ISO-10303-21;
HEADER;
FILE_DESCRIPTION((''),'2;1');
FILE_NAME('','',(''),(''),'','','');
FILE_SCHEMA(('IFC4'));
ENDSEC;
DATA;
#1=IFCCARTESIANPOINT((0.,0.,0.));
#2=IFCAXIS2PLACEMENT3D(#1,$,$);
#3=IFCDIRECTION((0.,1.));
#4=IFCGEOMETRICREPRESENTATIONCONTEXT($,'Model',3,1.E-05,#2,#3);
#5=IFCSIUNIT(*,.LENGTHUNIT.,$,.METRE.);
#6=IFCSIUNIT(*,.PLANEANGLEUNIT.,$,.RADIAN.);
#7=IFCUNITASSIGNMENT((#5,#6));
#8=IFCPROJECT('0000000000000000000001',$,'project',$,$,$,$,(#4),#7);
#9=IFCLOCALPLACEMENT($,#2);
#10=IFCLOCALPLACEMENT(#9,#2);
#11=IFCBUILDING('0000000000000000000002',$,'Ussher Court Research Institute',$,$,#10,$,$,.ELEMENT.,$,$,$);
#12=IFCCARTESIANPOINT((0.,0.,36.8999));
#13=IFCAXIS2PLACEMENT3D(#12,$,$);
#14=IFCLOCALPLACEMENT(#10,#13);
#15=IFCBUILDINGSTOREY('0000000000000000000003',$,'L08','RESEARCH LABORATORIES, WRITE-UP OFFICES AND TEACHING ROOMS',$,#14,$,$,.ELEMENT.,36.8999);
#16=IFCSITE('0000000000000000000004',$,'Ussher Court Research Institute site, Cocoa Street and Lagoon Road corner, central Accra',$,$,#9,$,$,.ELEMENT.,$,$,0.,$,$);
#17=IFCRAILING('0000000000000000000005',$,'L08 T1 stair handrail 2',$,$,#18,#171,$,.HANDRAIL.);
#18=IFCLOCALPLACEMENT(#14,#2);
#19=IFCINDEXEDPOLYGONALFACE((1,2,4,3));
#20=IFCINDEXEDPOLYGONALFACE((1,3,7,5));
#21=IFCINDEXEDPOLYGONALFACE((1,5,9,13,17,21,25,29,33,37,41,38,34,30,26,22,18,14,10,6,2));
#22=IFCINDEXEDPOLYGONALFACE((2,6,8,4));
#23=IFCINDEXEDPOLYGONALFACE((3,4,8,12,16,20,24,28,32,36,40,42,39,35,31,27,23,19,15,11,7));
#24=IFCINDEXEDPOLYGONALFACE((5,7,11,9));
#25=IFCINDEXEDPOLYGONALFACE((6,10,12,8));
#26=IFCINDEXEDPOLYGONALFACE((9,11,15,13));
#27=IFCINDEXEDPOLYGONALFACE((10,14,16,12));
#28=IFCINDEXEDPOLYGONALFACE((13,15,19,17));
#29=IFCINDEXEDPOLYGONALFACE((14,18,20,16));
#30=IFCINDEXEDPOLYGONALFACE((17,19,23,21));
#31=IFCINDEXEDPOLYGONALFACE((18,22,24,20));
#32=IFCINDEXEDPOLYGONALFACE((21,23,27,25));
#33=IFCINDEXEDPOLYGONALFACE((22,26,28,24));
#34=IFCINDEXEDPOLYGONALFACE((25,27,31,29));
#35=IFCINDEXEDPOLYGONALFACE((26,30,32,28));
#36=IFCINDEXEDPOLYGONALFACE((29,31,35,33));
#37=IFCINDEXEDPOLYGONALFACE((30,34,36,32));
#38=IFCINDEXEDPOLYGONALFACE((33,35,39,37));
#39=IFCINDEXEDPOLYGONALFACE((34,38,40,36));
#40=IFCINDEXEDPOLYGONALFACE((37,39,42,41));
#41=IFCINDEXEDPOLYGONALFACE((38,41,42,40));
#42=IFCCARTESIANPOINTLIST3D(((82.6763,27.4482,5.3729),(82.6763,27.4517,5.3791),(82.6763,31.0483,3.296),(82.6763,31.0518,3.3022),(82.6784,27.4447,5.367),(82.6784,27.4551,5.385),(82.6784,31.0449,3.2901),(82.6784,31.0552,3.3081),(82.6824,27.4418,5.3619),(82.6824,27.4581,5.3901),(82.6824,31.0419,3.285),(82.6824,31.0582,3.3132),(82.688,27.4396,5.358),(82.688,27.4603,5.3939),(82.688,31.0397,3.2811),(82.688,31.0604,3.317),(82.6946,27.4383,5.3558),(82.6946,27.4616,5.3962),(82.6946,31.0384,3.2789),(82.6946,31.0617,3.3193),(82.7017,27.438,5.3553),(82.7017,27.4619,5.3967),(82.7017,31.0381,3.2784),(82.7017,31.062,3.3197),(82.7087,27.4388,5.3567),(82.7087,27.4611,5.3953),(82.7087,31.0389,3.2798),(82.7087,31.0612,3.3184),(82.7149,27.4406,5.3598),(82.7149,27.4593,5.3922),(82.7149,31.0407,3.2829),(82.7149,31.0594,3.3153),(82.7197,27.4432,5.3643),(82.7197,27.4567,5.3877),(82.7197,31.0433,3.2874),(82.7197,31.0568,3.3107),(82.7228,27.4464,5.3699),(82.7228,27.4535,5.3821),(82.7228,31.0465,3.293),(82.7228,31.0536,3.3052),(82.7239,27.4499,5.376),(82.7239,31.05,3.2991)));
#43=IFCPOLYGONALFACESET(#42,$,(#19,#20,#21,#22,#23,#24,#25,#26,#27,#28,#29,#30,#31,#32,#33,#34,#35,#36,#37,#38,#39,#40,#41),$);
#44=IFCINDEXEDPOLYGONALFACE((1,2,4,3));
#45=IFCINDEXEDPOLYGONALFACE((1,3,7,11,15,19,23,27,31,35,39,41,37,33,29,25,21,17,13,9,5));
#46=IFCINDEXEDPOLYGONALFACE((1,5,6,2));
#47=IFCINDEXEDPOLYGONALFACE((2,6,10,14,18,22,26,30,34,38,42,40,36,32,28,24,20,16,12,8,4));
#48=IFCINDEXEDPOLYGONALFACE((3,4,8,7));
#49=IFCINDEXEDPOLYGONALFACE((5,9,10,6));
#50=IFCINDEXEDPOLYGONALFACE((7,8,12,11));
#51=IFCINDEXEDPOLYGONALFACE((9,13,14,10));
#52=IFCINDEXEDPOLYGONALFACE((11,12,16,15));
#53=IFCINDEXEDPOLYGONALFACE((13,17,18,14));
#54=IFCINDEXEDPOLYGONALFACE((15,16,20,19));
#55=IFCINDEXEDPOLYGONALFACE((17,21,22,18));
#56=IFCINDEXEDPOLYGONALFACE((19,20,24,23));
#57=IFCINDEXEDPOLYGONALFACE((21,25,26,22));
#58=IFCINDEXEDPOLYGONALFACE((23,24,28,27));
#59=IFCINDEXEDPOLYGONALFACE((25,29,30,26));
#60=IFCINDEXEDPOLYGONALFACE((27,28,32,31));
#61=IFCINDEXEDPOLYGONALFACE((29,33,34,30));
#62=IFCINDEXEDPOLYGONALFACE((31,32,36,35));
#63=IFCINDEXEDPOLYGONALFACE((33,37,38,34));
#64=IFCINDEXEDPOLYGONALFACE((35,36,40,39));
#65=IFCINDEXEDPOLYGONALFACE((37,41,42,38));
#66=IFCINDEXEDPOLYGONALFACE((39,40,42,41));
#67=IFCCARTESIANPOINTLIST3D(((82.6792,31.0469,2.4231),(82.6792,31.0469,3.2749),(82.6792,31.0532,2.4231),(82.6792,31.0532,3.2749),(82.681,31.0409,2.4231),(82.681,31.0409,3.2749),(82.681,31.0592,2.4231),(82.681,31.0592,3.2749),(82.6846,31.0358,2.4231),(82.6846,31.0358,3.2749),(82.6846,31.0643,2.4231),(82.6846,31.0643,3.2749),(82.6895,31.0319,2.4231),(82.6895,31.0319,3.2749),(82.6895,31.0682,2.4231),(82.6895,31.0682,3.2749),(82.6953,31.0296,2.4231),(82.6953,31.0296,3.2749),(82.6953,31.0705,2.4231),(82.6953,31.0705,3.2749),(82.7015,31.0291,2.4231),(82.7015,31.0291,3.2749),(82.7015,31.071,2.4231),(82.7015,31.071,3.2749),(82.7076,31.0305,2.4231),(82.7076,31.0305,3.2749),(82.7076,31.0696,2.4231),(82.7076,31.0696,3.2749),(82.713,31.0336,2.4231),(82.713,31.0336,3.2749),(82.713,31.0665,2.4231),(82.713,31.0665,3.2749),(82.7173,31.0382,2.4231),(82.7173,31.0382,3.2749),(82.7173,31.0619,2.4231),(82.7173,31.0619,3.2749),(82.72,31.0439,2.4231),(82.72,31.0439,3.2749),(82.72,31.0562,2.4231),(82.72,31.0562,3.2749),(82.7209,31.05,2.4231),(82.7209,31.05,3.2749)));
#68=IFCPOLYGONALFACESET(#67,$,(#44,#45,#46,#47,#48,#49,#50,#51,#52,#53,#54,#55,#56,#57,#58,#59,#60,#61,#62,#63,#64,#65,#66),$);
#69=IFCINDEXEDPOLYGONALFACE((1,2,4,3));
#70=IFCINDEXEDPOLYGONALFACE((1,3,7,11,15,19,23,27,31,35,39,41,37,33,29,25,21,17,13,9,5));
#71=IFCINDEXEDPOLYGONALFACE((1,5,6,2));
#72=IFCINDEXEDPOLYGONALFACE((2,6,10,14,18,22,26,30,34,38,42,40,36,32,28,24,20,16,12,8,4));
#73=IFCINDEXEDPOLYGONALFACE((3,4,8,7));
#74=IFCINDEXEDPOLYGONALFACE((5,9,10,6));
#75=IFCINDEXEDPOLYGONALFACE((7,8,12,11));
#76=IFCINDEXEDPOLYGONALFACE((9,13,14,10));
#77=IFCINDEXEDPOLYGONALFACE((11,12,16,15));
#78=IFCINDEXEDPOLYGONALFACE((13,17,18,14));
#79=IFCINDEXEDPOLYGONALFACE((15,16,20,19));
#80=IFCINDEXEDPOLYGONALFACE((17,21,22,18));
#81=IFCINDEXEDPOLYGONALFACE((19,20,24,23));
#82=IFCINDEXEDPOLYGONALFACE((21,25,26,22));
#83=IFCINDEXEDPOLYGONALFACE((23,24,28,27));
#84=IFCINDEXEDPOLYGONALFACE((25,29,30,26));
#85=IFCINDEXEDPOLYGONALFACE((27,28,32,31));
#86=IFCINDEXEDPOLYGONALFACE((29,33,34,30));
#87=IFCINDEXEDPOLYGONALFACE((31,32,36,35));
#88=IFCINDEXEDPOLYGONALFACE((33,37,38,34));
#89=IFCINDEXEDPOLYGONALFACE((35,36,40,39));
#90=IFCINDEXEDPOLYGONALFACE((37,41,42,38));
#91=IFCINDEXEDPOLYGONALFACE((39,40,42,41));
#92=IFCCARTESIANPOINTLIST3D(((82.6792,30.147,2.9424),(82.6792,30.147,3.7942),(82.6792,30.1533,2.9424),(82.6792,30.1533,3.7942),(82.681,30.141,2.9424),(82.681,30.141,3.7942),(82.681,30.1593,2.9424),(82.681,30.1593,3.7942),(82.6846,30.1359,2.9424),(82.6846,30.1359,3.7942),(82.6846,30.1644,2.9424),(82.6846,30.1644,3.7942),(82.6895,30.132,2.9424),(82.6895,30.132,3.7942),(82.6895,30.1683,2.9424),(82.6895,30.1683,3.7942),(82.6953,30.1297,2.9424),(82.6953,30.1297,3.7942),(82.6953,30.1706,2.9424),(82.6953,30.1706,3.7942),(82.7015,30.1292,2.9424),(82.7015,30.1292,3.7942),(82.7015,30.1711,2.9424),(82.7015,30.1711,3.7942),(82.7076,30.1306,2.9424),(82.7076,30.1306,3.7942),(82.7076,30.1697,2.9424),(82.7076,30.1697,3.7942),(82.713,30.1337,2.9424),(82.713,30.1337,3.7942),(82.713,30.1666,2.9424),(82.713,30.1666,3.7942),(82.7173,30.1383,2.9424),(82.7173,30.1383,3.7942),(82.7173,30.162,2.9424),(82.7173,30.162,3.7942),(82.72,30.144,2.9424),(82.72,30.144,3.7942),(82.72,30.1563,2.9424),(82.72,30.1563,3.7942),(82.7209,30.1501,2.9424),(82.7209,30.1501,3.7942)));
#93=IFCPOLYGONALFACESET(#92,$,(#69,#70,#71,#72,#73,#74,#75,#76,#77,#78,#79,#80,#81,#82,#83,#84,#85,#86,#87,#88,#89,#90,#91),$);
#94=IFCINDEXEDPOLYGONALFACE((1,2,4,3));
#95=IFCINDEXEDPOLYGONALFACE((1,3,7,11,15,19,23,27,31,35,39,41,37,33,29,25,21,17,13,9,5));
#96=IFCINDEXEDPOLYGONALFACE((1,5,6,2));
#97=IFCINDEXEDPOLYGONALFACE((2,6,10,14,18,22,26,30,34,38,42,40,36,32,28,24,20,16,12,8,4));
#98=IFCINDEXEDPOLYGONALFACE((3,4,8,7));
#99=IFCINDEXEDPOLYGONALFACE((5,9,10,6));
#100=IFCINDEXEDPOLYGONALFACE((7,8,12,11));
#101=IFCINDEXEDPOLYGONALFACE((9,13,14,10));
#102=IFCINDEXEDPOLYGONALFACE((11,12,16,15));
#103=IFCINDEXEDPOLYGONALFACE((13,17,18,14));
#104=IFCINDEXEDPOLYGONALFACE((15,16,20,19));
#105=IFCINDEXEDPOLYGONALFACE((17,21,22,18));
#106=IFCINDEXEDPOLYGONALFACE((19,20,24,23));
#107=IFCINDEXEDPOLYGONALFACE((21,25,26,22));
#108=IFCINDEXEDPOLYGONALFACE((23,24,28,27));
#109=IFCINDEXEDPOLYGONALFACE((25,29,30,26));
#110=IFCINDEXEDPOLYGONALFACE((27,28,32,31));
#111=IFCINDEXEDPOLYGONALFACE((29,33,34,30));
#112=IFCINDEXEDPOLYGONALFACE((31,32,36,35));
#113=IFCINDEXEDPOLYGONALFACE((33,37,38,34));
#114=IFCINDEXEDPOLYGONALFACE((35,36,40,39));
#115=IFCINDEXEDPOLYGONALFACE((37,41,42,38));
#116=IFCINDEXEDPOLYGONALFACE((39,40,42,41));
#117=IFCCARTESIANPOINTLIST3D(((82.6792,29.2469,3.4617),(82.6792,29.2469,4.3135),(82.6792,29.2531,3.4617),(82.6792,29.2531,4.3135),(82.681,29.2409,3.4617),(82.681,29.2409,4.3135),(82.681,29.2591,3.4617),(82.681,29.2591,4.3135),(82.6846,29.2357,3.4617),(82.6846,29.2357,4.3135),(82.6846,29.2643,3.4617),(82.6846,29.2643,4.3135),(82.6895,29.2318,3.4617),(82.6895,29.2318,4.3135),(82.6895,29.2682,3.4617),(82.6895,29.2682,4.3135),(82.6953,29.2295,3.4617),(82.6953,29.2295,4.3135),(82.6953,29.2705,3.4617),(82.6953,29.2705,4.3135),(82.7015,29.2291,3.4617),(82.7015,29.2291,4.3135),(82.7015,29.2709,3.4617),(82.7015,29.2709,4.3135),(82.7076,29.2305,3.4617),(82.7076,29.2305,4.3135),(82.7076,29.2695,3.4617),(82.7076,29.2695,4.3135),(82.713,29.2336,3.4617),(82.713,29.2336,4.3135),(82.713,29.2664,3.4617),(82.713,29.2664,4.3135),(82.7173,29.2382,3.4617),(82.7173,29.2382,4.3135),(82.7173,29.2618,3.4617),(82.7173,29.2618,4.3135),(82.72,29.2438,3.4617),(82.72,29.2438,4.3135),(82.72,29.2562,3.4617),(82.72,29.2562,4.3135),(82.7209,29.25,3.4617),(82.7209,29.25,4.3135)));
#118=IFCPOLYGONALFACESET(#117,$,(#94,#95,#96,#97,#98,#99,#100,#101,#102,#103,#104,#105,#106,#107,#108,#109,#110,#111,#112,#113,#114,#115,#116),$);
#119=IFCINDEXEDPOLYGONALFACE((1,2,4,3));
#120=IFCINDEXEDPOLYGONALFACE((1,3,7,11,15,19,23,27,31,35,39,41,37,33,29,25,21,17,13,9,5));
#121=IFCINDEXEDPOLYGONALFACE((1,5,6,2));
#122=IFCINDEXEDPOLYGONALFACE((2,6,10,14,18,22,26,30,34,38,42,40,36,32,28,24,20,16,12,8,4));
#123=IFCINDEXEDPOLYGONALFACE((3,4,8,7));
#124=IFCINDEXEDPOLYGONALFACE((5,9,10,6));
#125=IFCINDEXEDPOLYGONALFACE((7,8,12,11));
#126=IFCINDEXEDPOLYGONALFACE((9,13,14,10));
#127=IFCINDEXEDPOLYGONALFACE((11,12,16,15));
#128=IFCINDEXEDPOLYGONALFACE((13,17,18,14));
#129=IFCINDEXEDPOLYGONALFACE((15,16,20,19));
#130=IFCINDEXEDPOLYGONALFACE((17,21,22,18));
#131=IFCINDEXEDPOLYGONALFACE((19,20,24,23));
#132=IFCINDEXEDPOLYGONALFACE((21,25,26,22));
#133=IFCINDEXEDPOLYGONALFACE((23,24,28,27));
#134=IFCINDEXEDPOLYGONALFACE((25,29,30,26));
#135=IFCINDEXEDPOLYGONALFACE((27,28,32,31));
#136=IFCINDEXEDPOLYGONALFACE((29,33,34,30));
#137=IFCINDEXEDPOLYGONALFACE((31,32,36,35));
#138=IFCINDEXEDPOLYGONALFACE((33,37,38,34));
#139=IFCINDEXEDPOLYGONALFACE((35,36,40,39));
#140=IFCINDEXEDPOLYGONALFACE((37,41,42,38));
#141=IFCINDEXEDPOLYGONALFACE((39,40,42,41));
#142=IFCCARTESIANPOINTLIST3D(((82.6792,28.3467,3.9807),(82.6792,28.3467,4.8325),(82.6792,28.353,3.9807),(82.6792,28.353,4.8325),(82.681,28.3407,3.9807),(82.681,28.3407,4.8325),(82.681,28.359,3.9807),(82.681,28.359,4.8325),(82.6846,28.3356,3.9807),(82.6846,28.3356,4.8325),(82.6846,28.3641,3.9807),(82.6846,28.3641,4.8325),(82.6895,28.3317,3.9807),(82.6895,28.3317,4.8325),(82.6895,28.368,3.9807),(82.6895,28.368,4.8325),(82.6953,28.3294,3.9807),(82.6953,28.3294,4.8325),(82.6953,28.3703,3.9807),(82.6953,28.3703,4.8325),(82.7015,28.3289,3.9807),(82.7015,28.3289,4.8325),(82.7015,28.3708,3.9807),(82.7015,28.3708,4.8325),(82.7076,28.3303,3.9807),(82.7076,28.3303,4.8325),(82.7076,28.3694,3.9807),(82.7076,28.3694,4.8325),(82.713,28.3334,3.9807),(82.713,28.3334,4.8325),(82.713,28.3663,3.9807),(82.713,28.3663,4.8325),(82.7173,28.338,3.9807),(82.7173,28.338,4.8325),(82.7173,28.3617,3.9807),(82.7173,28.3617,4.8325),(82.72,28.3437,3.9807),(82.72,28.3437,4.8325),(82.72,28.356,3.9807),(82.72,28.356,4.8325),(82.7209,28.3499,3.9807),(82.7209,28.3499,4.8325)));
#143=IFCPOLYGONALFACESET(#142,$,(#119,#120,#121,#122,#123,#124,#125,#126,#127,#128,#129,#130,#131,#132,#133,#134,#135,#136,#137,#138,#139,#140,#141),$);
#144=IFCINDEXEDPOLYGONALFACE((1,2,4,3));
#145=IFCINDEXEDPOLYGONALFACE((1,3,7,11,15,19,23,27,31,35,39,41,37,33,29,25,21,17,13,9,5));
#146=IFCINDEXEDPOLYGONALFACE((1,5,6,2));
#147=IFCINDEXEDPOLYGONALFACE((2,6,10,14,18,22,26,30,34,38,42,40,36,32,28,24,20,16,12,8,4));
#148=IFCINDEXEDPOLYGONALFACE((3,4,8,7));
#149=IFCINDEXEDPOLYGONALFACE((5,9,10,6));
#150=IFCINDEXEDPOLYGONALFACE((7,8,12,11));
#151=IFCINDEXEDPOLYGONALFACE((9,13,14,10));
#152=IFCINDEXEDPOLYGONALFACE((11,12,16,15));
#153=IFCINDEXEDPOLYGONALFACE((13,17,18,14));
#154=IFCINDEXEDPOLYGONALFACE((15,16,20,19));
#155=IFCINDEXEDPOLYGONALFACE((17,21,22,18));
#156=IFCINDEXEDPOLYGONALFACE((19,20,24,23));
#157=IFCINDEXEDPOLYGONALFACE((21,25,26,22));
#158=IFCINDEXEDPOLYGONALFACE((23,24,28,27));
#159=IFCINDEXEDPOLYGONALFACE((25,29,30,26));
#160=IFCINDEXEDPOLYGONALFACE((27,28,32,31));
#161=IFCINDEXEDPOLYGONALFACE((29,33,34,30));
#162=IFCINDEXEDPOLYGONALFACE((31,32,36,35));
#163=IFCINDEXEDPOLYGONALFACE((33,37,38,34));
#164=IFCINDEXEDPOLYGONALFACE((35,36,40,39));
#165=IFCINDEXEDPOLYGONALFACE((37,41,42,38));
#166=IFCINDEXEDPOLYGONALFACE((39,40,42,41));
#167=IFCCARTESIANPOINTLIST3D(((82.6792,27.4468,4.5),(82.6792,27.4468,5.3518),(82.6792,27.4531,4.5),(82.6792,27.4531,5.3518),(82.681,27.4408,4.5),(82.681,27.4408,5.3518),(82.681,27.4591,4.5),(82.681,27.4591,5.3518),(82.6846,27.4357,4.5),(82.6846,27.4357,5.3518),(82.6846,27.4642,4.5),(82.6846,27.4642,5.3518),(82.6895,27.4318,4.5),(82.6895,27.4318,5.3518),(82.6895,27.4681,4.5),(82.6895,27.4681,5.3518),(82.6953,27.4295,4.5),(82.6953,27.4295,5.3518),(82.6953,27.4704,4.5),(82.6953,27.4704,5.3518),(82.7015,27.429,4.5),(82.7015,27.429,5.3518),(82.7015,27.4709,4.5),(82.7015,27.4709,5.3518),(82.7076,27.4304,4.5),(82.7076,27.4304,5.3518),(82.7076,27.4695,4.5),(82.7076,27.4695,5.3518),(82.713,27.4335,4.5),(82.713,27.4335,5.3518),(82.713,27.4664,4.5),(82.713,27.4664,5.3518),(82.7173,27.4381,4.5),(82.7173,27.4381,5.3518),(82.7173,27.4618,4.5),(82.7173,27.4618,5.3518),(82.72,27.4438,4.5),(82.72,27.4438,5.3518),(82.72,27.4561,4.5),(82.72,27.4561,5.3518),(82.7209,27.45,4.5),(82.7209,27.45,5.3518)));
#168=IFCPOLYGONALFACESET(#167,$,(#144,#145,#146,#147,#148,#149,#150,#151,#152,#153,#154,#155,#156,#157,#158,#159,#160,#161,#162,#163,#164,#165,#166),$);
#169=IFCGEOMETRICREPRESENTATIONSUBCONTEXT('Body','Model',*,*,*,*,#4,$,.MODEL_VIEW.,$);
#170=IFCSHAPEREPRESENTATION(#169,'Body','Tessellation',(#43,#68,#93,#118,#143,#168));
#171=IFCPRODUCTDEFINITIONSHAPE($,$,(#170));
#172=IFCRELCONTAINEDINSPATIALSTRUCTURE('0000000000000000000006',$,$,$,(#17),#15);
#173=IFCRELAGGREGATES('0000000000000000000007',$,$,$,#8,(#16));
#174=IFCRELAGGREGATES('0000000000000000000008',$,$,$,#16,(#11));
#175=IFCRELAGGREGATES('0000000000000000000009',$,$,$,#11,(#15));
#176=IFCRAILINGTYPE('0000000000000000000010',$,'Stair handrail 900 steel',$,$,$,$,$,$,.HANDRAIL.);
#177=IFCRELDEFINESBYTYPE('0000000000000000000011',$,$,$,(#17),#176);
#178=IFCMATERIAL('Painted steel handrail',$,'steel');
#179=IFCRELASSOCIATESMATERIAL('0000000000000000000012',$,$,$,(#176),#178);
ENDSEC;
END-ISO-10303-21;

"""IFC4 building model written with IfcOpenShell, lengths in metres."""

from ifc_helpers import new_model, si_unit, direction, frame, origin, origin_2d, place, context, subcontext, project, spatial, circle, extrude, material, type_object, element, save


model = new_model("IFC4")

# Units and contexts
model_context = context("Model", 3, precision=1e-05, world=origin(), true_north=direction((0.0, 1.0)))
body_context = subcontext(model_context, "Body", "Model", "MODEL_VIEW")
ifc_project = project(units=[si_unit("LENGTHUNIT", "METRE"), si_unit("PLANEANGLEUNIT", "RADIAN")], contexts=[model_context])

# Site, building, storey
site_placement = place(None, origin())
site = spatial("IfcSite", under=ifc_project, at=site_placement, Name="Ussher Court Research Institute site, Cocoa Street and Lagoon Road corner, central Accra", CompositionType="ELEMENT", RefElevation=0.0)
building_placement = place(site_placement, origin())
building = spatial("IfcBuilding", under=site, at=building_placement, Name="Ussher Court Research Institute", CompositionType="ELEMENT")
storey_placement = place(building_placement, frame((0.0, 0.0, 36.8999)))
storey = spatial("IfcBuildingStorey", under=building, at=storey_placement, Name="L08", Description="RESEARCH LABORATORIES, WRITE-UP OFFICES AND TEACHING ROOMS", CompositionType="ELEMENT", Elevation=36.8999)

# Railing
ifc_material_1 = material(Name="Painted steel handrail", Category="steel")
railing_type_1 = type_object("IfcRailingType", Name="Stair handrail 900 steel", PredefinedType="HANDRAIL", material=ifc_material_1)
railing_1_placement = place(storey_placement, frame((82.7, 31.05, 2.4231)))
element("IfcRailing", 1, at=railing_1_placement, inside=storey, type_object=railing_type_1, Name="L08 T1 stair handrail 2", PredefinedType="HANDRAIL", context=body_context, shape_type="SweptSolid", body=[
    extrude(circle(Radius=0.0239, at=origin_2d()), frame((0.0, 0.0, 0.876), z_axis=(0.0, -0.866193, 0.499709), x_axis=(1.0, 0.0, 0.0)), (0.0, 0.0, 1.0), 4.1562),
    extrude(circle(Radius=0.021, at=origin_2d()), origin(), (0.0, 0.0, 1.0), 0.8518),
    extrude(circle(Radius=0.021, at=origin_2d()), frame((0.0, -0.8999, 0.5193)), (0.0, 0.0, 1.0), 0.8518),
    extrude(circle(Radius=0.021, at=origin_2d()), frame((0.0, -1.8, 1.0386)), (0.0, 0.0, 1.0), 0.8518),
    extrude(circle(Radius=0.021, at=origin_2d()), frame((0.0, -2.7002, 1.5576)), (0.0, 0.0, 1.0), 0.8518),
    extrude(circle(Radius=0.021, at=origin_2d()), frame((0.0, -3.6001, 2.0769)), (0.0, 0.0, 1.0), 0.8518),
])

save(model, "model.ifc")
